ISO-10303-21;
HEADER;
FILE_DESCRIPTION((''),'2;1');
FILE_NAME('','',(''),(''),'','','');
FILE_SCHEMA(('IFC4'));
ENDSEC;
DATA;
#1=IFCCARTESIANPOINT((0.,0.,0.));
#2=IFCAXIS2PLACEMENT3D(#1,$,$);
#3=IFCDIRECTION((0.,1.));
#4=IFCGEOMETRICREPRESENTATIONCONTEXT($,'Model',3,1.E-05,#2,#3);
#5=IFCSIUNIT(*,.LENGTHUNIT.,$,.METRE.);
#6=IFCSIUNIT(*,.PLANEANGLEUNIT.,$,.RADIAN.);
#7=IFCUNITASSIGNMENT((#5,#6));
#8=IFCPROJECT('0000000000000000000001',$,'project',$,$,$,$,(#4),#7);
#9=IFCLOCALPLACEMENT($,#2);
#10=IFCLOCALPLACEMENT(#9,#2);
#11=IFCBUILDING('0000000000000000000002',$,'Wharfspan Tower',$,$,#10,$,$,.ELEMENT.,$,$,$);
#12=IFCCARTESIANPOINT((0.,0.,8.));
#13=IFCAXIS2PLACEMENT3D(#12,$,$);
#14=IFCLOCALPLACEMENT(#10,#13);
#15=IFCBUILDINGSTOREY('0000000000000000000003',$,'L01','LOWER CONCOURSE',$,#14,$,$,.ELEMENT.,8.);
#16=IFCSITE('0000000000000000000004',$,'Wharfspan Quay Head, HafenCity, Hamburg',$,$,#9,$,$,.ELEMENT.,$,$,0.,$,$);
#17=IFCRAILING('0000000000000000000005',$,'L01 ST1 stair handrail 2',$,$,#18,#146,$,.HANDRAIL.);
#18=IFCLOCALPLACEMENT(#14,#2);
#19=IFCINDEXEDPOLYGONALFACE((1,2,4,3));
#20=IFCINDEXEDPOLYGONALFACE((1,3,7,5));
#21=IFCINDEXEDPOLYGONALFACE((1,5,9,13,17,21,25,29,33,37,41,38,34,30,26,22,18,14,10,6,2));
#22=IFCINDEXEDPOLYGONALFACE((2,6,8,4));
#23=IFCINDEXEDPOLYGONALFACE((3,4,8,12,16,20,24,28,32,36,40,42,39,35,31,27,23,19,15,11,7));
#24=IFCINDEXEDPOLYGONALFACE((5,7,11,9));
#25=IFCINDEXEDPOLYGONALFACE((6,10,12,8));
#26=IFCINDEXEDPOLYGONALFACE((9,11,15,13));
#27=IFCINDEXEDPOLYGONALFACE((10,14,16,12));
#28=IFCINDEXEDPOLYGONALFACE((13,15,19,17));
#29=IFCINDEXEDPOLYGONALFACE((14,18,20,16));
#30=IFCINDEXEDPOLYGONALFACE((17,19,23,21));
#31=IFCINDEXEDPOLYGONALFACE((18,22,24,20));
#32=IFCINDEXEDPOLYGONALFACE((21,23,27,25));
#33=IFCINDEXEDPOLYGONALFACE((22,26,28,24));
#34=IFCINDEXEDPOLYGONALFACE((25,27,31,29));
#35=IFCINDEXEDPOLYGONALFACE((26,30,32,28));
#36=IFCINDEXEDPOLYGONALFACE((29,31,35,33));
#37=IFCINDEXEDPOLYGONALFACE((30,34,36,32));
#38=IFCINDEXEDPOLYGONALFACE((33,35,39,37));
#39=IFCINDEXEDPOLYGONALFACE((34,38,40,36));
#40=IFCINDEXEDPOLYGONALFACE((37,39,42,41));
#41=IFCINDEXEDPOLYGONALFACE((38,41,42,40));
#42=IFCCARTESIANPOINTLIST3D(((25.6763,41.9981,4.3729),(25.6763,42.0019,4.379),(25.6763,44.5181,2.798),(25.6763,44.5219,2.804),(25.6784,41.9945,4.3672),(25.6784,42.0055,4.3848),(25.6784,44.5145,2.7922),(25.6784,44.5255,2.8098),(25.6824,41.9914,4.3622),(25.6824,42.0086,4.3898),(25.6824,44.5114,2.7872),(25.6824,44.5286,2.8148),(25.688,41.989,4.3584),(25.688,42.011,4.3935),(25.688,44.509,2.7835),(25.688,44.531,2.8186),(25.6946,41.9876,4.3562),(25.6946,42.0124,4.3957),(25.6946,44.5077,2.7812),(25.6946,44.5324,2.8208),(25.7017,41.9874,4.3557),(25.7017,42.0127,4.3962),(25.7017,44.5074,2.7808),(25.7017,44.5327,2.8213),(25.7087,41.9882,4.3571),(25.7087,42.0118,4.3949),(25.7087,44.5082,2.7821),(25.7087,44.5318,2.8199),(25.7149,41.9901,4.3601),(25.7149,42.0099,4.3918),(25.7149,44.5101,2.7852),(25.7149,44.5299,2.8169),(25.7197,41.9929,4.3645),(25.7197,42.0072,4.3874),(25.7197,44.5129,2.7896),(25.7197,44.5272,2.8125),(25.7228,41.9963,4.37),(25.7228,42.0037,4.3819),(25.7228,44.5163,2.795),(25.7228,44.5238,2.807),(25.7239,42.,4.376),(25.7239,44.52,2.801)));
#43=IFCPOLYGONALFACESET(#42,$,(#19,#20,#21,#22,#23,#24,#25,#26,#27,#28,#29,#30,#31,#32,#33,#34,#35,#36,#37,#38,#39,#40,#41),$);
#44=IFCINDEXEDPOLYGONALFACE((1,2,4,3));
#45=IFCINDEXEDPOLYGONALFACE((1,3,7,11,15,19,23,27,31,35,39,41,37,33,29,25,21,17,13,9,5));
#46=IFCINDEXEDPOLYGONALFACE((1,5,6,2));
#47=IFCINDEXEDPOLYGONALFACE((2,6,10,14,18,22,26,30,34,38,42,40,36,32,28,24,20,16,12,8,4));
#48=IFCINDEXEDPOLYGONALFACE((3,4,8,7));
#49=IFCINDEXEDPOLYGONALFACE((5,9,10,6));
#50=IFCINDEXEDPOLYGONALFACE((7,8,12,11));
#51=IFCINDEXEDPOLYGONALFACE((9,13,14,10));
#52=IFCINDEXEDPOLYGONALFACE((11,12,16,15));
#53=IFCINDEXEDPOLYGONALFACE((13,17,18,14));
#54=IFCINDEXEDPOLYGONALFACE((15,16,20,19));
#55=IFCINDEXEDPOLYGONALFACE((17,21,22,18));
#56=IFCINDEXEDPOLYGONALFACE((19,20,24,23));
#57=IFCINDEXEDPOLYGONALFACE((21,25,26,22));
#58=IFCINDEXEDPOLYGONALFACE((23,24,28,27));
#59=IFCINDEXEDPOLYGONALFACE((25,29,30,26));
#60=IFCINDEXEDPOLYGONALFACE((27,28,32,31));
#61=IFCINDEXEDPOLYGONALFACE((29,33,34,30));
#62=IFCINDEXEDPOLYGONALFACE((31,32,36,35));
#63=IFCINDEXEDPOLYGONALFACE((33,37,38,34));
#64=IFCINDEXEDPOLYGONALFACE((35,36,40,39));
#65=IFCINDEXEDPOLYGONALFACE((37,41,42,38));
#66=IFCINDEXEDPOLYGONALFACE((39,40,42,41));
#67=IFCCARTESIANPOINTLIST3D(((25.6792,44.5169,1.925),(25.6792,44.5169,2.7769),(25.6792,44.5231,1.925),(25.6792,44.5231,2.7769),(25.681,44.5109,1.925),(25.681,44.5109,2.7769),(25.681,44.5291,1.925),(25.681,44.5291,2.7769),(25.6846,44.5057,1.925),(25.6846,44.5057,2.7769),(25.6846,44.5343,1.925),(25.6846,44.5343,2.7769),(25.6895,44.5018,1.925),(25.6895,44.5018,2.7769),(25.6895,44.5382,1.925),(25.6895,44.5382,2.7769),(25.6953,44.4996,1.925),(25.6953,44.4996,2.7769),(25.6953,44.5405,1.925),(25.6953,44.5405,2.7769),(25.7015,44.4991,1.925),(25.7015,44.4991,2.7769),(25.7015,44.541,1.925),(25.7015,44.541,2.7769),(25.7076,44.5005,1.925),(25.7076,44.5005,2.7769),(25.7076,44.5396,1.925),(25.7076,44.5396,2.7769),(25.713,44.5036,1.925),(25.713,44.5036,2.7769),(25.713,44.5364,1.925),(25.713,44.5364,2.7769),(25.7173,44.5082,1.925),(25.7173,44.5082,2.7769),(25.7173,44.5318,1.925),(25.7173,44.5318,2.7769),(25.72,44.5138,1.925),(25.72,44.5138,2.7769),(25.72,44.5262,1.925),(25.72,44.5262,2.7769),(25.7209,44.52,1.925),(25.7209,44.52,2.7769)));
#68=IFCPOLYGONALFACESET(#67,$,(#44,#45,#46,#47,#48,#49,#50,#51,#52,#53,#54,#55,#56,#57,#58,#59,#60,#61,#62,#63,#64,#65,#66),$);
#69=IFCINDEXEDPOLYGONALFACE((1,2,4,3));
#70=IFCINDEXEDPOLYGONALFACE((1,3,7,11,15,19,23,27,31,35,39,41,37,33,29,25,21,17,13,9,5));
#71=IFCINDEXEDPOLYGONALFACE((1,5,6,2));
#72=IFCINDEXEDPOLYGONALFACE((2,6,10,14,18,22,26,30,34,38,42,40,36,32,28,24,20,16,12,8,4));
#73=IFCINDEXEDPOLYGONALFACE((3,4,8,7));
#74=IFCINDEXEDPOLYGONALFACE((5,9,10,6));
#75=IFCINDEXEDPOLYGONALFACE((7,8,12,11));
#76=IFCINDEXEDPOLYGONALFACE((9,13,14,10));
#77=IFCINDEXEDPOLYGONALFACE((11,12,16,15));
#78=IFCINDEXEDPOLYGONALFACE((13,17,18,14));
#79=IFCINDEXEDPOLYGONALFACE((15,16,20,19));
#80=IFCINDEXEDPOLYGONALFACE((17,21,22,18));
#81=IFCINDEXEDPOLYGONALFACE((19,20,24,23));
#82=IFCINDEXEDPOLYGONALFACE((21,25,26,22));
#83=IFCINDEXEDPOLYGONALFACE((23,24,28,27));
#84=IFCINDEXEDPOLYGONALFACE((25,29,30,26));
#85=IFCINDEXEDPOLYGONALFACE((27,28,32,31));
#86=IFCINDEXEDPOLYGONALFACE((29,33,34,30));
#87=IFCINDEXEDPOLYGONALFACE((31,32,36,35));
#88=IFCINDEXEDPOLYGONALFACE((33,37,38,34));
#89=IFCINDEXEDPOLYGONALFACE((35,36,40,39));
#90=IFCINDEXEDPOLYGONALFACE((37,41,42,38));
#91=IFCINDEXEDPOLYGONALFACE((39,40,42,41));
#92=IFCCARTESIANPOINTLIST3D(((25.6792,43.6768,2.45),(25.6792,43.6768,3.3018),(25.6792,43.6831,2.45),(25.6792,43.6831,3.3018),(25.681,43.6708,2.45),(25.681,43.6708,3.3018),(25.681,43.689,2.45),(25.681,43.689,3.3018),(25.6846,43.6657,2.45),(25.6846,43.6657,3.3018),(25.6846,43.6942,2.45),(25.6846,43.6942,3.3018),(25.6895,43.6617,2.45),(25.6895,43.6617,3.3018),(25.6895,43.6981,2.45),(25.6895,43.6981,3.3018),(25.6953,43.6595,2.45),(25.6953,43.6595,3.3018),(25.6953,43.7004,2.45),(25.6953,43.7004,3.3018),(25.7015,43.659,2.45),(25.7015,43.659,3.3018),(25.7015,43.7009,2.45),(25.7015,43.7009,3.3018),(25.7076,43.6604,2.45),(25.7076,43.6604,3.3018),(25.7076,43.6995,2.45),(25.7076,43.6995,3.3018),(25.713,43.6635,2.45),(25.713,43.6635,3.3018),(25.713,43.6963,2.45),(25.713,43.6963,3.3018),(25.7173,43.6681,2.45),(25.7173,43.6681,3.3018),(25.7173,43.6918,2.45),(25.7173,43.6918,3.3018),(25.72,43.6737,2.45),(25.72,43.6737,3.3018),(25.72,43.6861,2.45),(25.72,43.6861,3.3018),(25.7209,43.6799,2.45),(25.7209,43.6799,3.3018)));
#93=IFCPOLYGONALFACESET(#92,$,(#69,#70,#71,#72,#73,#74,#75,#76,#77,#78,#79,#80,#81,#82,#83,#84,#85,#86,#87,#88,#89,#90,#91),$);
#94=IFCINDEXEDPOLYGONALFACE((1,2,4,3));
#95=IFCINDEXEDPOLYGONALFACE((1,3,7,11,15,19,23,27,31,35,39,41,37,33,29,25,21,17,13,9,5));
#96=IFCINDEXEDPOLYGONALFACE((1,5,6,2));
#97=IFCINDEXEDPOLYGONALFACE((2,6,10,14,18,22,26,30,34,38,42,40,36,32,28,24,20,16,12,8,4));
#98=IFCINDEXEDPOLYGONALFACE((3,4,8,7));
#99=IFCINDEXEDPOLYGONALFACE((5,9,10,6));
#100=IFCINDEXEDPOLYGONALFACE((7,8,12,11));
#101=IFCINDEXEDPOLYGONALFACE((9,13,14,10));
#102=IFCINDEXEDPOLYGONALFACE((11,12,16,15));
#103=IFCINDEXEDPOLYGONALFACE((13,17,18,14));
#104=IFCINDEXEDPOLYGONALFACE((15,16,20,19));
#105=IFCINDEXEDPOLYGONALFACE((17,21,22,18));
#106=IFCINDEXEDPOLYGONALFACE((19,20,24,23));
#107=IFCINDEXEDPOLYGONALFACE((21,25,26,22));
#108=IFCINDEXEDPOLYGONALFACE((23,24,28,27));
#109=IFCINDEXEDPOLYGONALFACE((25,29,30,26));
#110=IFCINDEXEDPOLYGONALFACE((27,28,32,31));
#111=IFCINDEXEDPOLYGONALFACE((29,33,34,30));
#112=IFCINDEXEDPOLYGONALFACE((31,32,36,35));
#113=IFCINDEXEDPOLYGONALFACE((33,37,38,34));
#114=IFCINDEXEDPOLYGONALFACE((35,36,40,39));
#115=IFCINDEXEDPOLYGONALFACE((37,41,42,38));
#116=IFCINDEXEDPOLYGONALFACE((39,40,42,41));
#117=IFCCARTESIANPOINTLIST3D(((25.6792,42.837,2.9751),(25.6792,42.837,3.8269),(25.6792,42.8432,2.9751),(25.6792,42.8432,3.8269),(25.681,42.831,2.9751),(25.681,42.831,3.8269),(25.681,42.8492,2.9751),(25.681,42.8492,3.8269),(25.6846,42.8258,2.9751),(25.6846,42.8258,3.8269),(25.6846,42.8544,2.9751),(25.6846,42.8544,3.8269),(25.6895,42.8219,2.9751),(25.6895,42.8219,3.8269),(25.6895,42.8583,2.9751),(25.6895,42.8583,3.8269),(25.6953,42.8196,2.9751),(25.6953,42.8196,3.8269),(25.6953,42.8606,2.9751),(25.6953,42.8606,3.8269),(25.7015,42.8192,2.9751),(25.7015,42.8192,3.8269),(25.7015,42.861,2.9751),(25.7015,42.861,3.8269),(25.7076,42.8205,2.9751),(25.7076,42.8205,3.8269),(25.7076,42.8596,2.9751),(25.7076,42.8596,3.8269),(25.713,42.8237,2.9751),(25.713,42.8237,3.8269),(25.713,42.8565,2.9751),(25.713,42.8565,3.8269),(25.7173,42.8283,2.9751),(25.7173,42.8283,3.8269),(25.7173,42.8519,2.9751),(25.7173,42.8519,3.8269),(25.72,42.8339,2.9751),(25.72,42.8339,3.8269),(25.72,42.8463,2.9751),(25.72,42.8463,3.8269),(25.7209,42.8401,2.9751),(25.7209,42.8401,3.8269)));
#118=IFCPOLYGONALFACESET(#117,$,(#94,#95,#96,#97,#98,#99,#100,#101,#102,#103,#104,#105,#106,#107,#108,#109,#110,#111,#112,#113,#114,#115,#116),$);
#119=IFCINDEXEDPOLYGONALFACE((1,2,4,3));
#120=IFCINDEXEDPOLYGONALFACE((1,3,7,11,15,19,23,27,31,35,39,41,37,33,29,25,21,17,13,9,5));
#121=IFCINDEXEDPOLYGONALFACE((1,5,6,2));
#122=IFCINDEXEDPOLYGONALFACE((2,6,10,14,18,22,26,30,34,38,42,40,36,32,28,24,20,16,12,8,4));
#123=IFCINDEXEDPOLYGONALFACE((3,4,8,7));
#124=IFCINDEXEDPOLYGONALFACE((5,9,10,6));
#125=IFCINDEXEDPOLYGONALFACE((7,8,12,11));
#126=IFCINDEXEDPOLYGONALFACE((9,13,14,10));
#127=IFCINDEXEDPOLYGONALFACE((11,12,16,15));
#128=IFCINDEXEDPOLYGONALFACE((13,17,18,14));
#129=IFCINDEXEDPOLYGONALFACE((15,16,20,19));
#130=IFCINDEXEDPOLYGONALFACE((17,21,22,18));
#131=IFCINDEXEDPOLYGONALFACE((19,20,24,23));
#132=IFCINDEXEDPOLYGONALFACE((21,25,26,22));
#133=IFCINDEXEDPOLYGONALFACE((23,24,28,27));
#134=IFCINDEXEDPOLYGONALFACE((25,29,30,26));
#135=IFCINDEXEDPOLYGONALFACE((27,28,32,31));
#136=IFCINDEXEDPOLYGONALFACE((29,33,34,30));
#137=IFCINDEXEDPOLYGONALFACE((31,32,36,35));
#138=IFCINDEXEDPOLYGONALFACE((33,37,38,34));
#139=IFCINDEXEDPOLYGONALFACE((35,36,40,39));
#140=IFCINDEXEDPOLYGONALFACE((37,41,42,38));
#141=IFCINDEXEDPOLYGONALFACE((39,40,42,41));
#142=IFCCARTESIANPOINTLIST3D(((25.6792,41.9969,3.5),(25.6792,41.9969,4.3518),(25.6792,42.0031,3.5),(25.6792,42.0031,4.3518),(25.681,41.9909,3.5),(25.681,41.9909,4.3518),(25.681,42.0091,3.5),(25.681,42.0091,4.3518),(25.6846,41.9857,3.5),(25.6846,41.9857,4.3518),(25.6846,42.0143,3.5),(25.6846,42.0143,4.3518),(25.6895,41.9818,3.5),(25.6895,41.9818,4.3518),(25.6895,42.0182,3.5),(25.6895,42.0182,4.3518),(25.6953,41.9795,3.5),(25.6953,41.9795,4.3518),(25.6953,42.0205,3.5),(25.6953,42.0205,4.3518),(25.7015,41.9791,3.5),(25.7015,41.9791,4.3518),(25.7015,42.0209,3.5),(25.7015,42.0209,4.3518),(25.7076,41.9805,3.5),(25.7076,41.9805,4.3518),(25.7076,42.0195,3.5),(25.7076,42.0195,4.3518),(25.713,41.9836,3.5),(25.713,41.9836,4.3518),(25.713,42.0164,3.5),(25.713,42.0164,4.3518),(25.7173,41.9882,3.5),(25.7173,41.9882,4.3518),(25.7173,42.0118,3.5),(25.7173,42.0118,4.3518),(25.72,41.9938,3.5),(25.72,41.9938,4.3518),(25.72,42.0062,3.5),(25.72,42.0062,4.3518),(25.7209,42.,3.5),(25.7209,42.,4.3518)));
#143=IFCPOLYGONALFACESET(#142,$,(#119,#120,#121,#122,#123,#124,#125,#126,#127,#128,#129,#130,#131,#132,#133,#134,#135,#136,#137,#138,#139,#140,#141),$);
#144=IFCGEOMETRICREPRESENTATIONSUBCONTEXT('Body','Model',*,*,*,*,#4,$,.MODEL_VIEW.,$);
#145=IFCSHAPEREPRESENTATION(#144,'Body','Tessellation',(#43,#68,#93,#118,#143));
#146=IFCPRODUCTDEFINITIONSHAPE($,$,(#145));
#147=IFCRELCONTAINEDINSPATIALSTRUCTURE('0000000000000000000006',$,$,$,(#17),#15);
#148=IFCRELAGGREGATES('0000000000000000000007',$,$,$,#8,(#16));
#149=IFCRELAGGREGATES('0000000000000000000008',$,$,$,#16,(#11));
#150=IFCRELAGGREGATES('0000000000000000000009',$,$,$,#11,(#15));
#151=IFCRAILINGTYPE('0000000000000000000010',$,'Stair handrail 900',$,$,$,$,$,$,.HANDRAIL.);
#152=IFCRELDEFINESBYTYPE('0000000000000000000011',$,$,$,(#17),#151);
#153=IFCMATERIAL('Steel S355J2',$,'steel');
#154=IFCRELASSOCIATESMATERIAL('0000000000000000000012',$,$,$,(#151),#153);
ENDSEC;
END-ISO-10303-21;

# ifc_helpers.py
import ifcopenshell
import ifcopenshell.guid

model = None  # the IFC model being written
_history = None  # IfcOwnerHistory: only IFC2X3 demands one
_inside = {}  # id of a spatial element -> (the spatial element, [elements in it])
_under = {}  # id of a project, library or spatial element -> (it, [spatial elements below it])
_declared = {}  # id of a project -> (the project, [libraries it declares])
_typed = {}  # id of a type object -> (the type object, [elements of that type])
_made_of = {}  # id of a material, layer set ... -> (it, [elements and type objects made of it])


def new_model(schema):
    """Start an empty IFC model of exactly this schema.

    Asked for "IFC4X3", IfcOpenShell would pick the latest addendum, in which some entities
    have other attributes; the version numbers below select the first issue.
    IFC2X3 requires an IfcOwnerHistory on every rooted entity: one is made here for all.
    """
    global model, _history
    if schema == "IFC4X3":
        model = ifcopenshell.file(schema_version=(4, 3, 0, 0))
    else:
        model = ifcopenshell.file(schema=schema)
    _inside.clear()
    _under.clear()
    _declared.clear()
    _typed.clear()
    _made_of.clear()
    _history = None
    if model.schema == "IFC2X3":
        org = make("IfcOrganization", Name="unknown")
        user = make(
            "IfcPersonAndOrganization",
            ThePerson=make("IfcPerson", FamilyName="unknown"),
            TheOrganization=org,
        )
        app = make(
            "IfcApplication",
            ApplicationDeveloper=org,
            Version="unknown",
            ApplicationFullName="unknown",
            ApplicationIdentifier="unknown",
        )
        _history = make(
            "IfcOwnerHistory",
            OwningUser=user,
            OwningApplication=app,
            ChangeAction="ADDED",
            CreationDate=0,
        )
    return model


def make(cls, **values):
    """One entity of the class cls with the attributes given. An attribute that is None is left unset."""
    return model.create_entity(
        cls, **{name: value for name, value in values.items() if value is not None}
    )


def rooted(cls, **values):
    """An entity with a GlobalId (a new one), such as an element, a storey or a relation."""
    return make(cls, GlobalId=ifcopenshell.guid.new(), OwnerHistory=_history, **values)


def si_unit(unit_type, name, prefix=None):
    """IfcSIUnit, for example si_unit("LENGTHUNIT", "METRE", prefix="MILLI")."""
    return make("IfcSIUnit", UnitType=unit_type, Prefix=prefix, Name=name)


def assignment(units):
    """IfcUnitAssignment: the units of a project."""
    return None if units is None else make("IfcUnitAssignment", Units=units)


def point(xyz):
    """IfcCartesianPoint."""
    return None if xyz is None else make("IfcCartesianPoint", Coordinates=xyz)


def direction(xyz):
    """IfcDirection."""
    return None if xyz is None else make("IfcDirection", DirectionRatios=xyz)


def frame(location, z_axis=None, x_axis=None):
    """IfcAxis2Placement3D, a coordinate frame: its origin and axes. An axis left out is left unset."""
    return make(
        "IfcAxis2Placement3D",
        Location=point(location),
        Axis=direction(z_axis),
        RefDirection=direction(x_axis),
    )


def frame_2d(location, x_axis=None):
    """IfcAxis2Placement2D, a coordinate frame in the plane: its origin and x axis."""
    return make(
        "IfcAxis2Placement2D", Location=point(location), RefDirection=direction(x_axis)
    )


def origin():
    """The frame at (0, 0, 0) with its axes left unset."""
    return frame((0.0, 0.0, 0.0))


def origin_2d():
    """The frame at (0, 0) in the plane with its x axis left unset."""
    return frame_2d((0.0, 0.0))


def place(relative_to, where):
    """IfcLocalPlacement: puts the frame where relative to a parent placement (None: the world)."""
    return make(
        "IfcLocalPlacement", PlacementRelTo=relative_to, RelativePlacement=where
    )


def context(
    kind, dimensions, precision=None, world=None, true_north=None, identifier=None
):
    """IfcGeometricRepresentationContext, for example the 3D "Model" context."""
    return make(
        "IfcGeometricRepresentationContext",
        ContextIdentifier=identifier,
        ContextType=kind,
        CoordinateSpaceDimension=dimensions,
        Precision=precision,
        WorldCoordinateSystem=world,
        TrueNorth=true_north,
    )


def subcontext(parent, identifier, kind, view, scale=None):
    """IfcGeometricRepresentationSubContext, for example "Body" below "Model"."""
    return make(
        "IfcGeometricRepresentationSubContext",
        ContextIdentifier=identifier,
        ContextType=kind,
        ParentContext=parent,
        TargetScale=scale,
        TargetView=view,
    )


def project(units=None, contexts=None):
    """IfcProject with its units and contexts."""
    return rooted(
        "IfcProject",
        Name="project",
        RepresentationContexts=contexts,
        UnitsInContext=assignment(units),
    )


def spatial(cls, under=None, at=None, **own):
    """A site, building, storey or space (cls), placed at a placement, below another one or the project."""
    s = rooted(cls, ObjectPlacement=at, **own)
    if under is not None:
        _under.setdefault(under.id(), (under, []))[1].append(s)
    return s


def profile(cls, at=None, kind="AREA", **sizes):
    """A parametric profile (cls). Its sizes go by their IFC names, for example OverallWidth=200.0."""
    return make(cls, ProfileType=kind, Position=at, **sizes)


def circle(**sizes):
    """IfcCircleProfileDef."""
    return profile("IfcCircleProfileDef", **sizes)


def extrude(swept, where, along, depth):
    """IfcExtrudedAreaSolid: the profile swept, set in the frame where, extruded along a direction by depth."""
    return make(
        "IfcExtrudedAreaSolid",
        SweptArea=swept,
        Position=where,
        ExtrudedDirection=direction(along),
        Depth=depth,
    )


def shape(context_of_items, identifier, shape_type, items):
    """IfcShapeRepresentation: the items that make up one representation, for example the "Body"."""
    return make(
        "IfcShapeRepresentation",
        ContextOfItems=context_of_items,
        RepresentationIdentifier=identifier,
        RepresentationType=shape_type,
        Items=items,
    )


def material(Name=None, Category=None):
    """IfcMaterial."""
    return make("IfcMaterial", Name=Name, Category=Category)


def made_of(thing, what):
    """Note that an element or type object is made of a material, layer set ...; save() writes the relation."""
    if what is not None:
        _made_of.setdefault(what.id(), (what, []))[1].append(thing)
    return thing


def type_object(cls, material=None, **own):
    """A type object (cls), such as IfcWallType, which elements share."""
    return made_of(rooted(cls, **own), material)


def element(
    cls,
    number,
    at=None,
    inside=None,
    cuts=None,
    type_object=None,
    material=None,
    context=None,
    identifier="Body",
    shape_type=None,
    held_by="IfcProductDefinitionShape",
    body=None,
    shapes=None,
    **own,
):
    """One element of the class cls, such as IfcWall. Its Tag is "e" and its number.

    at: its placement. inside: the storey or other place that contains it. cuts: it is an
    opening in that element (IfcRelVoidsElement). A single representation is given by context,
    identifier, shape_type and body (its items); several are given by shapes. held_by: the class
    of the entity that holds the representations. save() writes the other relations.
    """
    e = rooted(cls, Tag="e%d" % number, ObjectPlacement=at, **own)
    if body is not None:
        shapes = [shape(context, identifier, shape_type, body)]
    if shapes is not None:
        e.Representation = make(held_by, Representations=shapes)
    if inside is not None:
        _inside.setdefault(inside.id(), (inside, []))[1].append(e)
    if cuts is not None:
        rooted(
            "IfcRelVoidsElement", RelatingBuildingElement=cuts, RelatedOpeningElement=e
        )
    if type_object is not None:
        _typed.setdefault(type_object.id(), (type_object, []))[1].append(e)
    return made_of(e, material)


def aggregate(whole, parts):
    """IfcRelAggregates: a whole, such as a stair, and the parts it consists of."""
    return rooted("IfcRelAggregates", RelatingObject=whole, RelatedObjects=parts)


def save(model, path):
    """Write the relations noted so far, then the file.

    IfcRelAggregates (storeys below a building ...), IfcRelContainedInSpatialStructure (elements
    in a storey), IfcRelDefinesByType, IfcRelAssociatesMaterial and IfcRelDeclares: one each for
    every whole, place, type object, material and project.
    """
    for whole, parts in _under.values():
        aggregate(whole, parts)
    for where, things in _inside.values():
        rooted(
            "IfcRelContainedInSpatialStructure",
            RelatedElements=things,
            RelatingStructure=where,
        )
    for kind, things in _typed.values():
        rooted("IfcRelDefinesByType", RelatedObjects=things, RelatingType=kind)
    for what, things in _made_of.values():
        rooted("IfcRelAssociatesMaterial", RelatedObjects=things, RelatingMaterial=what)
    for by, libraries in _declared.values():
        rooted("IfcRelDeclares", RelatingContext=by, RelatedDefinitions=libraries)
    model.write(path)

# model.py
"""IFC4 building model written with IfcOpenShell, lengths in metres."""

from ifc_helpers import new_model, si_unit, direction, frame, origin, origin_2d, place, context, subcontext, project, spatial, circle, extrude, material, type_object, element, save


model = new_model("IFC4")

# Units and contexts
model_context = context("Model", 3, precision=1e-05, world=origin(), true_north=direction((0.0, 1.0)))
body_context = subcontext(model_context, "Body", "Model", "MODEL_VIEW")
ifc_project = project(units=[si_unit("LENGTHUNIT", "METRE"), si_unit("PLANEANGLEUNIT", "RADIAN")], contexts=[model_context])

# Site, building, storey
site_placement = place(None, origin())
site = spatial("IfcSite", under=ifc_project, at=site_placement, Name="Wharfspan Quay Head, HafenCity, Hamburg", CompositionType="ELEMENT", RefElevation=0.0)
building_placement = place(site_placement, origin())
building = spatial("IfcBuilding", under=site, at=building_placement, Name="Wharfspan Tower", CompositionType="ELEMENT")
storey_placement = place(building_placement, frame((0.0, 0.0, 8.0)))
storey = spatial("IfcBuildingStorey", under=building, at=storey_placement, Name="L01", Description="LOWER CONCOURSE", CompositionType="ELEMENT", Elevation=8.0)

# Railing
ifc_material_1 = material(Name="Steel S355J2", Category="steel")
railing_type = type_object("IfcRailingType", Name="Stair handrail 900", PredefinedType="HANDRAIL", material=ifc_material_1)
railing_placement = place(storey_placement, frame((25.7, 44.52, 1.925)))
element("IfcRailing", 1, at=railing_placement, inside=storey, type_object=railing_type, Name="L01 ST1 stair handrail 2", PredefinedType="HANDRAIL", context=body_context, shape_type="SweptSolid", body=[
    extrude(circle(Radius=0.0239, at=origin_2d()), frame((0.0, 0.0, 0.876), z_axis=(0.0, -0.848008, 0.529984), x_axis=(1.0, 0.0, 0.0)), (0.0, 0.0, 1.0), 2.9717),
    extrude(circle(Radius=0.021, at=origin_2d()), origin(), (0.0, 0.0, 1.0), 0.8518),
    extrude(circle(Radius=0.021, at=origin_2d()), frame((0.0, -0.8401, 0.5249)), (0.0, 0.0, 1.0), 0.8518),
    extrude(circle(Radius=0.021, at=origin_2d()), frame((0.0, -1.6799, 1.05)), (0.0, 0.0, 1.0), 0.8518),
    extrude(circle(Radius=0.021, at=origin_2d()), frame((0.0, -2.52, 1.575)), (0.0, 0.0, 1.0), 0.8518),
])

save(model, "model.ifc")
